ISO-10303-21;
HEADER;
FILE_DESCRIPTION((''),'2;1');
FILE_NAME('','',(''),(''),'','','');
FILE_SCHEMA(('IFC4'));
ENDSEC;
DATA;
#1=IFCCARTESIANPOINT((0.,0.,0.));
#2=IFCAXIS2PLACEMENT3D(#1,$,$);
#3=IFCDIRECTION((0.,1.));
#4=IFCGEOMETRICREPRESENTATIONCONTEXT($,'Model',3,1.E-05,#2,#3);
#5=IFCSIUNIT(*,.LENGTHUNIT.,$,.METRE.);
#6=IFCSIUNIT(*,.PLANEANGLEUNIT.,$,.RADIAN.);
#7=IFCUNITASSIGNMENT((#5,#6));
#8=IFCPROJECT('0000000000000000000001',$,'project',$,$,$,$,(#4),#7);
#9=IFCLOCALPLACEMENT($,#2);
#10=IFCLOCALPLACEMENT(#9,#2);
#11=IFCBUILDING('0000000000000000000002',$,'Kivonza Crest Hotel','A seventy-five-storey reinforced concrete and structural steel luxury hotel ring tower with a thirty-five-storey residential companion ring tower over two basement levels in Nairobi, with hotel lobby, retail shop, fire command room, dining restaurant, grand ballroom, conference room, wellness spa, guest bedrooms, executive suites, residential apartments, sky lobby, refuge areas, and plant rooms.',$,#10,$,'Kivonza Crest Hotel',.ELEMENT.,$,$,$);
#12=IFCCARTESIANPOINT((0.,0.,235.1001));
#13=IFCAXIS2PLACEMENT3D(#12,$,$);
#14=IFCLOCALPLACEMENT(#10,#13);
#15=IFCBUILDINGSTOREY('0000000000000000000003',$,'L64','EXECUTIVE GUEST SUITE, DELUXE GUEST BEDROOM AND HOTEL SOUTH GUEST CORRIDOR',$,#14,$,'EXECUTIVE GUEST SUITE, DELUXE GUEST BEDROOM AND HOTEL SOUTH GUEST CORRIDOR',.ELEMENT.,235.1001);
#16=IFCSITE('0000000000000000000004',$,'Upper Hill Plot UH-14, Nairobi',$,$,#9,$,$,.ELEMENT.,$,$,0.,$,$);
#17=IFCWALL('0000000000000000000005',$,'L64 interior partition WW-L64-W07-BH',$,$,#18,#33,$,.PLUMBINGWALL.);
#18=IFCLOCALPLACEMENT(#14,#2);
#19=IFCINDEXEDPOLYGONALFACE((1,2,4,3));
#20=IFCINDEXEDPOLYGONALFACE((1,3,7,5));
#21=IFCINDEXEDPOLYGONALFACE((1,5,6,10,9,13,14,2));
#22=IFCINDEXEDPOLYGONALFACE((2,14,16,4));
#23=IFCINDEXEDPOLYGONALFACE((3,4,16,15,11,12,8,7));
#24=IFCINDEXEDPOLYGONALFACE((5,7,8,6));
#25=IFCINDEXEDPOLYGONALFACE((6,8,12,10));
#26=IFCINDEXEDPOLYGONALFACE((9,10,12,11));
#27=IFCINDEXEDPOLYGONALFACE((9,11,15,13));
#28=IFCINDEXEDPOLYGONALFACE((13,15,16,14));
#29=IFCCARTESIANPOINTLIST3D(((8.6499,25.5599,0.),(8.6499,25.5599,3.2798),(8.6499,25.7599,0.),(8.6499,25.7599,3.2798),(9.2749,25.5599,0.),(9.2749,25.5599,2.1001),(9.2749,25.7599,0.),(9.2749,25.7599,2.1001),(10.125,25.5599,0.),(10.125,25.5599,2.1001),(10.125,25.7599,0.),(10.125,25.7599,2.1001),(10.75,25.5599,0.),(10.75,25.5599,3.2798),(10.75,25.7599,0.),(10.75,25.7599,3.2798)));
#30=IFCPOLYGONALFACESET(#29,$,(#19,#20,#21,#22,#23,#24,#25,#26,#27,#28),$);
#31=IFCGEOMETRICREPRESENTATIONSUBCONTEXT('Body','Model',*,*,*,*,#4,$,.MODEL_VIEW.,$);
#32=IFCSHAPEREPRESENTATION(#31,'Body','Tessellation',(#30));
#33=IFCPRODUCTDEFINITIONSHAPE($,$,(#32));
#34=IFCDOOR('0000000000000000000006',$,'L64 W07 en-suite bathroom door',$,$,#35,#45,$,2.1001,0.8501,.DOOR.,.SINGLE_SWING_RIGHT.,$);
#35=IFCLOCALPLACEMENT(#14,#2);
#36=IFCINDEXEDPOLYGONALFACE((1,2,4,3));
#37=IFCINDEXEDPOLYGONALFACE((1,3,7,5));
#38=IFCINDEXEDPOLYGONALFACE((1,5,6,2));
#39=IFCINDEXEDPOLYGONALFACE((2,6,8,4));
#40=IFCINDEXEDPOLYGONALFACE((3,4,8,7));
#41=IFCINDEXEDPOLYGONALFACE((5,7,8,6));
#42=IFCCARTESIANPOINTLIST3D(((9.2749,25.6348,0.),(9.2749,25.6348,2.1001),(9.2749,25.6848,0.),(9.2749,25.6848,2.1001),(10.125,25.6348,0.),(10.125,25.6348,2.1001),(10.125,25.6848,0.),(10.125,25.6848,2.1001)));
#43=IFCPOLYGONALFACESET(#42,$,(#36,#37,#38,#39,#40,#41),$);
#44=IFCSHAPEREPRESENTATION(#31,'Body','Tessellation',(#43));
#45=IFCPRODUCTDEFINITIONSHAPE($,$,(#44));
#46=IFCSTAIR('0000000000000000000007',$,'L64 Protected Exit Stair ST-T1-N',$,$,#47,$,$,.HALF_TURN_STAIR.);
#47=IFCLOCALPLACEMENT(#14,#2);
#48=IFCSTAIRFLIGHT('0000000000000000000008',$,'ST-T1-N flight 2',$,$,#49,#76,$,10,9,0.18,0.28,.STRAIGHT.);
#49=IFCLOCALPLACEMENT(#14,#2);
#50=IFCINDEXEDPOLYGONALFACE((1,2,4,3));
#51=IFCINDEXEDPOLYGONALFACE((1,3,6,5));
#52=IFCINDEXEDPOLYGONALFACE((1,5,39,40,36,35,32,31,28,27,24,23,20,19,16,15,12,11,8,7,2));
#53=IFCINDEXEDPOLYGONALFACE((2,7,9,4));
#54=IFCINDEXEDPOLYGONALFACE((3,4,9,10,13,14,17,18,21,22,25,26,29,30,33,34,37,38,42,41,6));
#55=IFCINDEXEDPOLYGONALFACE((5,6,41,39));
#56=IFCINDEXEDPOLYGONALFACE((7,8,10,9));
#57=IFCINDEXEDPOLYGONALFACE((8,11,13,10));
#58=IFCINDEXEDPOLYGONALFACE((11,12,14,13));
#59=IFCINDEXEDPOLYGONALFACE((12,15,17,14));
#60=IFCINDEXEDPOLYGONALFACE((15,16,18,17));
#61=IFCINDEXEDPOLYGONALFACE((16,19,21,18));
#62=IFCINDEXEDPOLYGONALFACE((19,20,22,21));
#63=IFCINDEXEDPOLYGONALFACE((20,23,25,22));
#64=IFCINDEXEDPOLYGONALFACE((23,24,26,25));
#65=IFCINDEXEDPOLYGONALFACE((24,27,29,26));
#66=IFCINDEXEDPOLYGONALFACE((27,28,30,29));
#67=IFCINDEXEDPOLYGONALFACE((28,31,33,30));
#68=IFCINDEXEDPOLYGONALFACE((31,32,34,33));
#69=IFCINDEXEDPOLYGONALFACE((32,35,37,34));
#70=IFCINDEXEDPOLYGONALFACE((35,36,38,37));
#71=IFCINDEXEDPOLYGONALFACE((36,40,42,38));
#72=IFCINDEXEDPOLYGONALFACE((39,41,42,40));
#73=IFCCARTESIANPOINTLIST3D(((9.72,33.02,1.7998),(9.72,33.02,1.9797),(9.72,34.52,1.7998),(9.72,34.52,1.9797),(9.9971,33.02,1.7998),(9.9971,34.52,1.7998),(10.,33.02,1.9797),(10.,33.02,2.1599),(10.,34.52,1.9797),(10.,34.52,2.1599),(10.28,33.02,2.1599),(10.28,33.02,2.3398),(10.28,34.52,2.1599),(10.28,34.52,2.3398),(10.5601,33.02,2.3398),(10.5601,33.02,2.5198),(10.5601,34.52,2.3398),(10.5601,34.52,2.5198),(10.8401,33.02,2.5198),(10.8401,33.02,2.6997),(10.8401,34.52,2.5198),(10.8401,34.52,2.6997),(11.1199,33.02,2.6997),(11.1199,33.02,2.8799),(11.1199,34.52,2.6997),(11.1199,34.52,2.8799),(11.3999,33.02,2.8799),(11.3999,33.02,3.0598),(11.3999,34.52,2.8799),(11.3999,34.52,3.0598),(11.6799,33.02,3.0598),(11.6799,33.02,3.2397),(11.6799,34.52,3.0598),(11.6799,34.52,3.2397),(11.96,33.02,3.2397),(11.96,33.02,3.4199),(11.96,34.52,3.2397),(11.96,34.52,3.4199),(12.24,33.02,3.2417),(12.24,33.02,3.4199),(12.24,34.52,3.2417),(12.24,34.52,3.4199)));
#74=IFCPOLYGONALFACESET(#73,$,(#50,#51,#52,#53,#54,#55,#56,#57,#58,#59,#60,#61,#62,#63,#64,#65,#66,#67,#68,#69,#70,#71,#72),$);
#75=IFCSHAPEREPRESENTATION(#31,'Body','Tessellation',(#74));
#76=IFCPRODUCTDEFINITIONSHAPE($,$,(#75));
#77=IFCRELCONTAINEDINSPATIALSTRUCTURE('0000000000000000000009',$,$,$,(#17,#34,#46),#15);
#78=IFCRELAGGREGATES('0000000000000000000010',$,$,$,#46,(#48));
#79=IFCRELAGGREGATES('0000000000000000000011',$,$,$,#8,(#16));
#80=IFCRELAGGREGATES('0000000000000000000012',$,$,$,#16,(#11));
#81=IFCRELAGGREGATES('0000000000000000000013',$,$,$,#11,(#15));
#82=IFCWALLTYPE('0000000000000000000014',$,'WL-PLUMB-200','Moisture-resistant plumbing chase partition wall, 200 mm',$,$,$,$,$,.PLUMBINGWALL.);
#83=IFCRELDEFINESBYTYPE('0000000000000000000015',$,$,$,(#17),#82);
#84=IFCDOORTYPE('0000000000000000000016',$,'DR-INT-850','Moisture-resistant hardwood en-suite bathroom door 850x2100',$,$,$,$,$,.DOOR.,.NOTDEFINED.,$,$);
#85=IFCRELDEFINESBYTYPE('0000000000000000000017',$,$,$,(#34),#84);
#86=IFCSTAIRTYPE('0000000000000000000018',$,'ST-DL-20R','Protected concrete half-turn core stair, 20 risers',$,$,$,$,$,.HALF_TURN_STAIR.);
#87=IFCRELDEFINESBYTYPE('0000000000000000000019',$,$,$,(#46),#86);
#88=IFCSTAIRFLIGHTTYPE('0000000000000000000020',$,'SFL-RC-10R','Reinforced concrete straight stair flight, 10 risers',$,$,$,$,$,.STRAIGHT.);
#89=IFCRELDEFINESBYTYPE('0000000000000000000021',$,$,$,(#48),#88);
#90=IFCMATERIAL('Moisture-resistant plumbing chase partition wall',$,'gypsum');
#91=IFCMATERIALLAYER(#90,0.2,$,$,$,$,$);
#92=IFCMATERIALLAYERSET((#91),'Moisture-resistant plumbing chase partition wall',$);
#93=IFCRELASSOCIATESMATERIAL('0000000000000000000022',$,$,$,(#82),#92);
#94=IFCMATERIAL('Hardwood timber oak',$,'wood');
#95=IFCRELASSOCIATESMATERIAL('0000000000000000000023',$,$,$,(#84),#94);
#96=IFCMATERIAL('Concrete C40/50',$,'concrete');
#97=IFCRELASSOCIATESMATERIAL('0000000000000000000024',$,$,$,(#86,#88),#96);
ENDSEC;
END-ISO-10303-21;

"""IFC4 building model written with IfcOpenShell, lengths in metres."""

from ifc_helpers import new_model, si_unit, direction, frame, frame_2d, origin, place, context, subcontext, project, spatial, polyline, rectangle, outline, extrude, material, layer, layer_set, type_object, element, fill, aggregate, save


model = new_model("IFC4")

# Units and contexts
model_context = context("Model", 3, precision=1e-05, world=origin(), true_north=direction((0.0, 1.0)))
body_context = subcontext(model_context, "Body", "Model", "MODEL_VIEW")
ifc_project = project(units=[si_unit("LENGTHUNIT", "METRE"), si_unit("PLANEANGLEUNIT", "RADIAN")], contexts=[model_context])

# Site, building, storey
site_placement = place(None, origin())
site = spatial("IfcSite", under=ifc_project, at=site_placement, Name="Upper Hill Plot UH-14, Nairobi", CompositionType="ELEMENT", RefElevation=0.0)
building_placement = place(site_placement, origin())
building = spatial("IfcBuilding", under=site, at=building_placement, Name="Kivonza Crest Hotel", Description="A seventy-five-storey reinforced concrete and structural steel luxury hotel ring tower with a thirty-five-storey residential companion ring tower over two basement levels in Nairobi, with hotel lobby, retail shop, fire command room, dining restaurant, grand ballroom, conference room, wellness spa, guest bedrooms, executive suites, residential apartments, sky lobby, refuge areas, and plant rooms.", LongName="Kivonza Crest Hotel", CompositionType="ELEMENT")
storey_placement = place(building_placement, frame((0.0, 0.0, 235.1001)))
storey = spatial("IfcBuildingStorey", under=building, at=storey_placement, Name="L64", Description="EXECUTIVE GUEST SUITE, DELUXE GUEST BEDROOM AND HOTEL SOUTH GUEST CORRIDOR", LongName="EXECUTIVE GUEST SUITE, DELUXE GUEST BEDROOM AND HOTEL SOUTH GUEST CORRIDOR", CompositionType="ELEMENT", Elevation=235.1001)

# Shared definitions
ifc_material_1 = material(Name="Hardwood timber oak", Category="wood")

# Wall, opening, door
ifc_material_2 = material(Name="Moisture-resistant plumbing chase partition wall", Category="gypsum")
ifc_layer_1 = layer(ifc_material_2, 0.2)
ifc_layer_set_1 = layer_set([ifc_layer_1], Name="Moisture-resistant plumbing chase partition wall")
wall_type_1 = type_object("IfcWallType", Name="WL-PLUMB-200", Description="Moisture-resistant plumbing chase partition wall, 200 mm", PredefinedType="PLUMBINGWALL", material=ifc_layer_set_1)
wall_1_placement = place(storey_placement, frame((8.6499, 25.6599, 0.0), z_axis=(0.0, 0.0, 1.0), x_axis=(1.0, 0.0, 0.0)))
wall_1 = element("IfcWall", 1, at=wall_1_placement, inside=storey, type_object=wall_type_1, Name="L64 interior partition WW-L64-W07-BH", PredefinedType="PLUMBINGWALL", context=body_context, shape_type="SweptSolid", body=[
    extrude(rectangle(XDim=2.1001, YDim=0.2, at=frame_2d((1.05, 0.0))), origin(), (0.0, 0.0, 1.0), 3.2798),
])
opening_1_placement = place(wall_1_placement, frame((0.625, 0.0, 0.0)))
opening_1 = element("IfcOpeningElement", 2, at=opening_1_placement, cuts=wall_1, PredefinedType="OPENING", context=body_context, shape_type="SweptSolid", body=[
    extrude(rectangle(XDim=0.8501, YDim=2.1001, at=frame_2d((0.425, 1.05))), frame((0.0, 0.1099, 0.0), z_axis=(0.0, -1.0, 0.0), x_axis=(1.0, 0.0, 0.0)), (0.0, 0.0, 1.0), 0.22),
])
door_type_1 = type_object("IfcDoorType", Name="DR-INT-850", Description="Moisture-resistant hardwood en-suite bathroom door 850x2100", OperationType="NOTDEFINED", PredefinedType="DOOR", material=ifc_material_1)
door_1_placement = place(opening_1_placement, origin())
door_1 = element("IfcDoor", 3, at=door_1_placement, inside=storey, type_object=door_type_1, Name="L64 W07 en-suite bathroom door", OperationType="SINGLE_SWING_RIGHT", OverallHeight=2.1001, OverallWidth=0.8501, PredefinedType="DOOR", context=body_context, shape_type="SweptSolid", body=[
    extrude(rectangle(XDim=0.8501, YDim=2.1001, at=frame_2d((0.425, 1.05))), frame((0.0, 0.0249, 0.0), z_axis=(0.0, -1.0, 0.0), x_axis=(1.0, 0.0, 0.0)), (0.0, 0.0, 1.0), 0.05),
])
fill(opening_1, door_1)

# Stair, stair flight
ifc_material_3 = material(Name="Concrete C40/50", Category="concrete")
stair_type = type_object("IfcStairType", Name="ST-DL-20R", Description="Protected concrete half-turn core stair, 20 risers", PredefinedType="HALF_TURN_STAIR", material=ifc_material_3)
stair_placement = place(storey_placement, origin())
stair = element("IfcStair", 4, at=stair_placement, inside=storey, type_object=stair_type, Name="L64 Protected Exit Stair ST-T1-N", PredefinedType="HALF_TURN_STAIR")
stair_flight_type = type_object("IfcStairFlightType", Name="SFL-RC-10R", Description="Reinforced concrete straight stair flight, 10 risers", PredefinedType="STRAIGHT", material=ifc_material_3)
stair_flight_placement = place(storey_placement, frame((9.72, 33.77, 1.7998), z_axis=(0.0, 0.0, 1.0), x_axis=(1.0, 0.0, 0.0)))
stair_flight = element("IfcStairFlight", 5, at=stair_flight_placement, type_object=stair_flight_type, Name="ST-T1-N flight 2", NumberOfRisers=10, NumberOfTreads=9, PredefinedType="STRAIGHT", RiserHeight=0.18, TreadLength=0.28, context=body_context, shape_type="SweptSolid", body=[
    extrude(outline(polyline([(0.0, 0.0), (0.0, 0.1799), (0.28, 0.1799), (0.28, 0.3601), (0.5601, 0.3601), (0.5601, 0.54), (0.8401, 0.54), (0.8401, 0.72), (1.1201, 0.72), (1.1201, 0.8999), (1.3999, 0.8999), (1.3999, 1.0801), (1.6799, 1.0801), (1.6799, 1.26), (1.96, 1.26), (1.96, 1.4399), (2.24, 1.4399), (2.24, 1.6201), (2.52, 1.6201), (2.52, 1.8), (2.52, 1.4419), (0.2771, 0.0), (0.0, 0.0)])), frame((0.0, 0.75, 0.0), z_axis=(0.0, -1.0, 0.0), x_axis=(1.0, 0.0, 0.0)), (0.0, 0.0, 1.0), 1.5),
])
aggregate(stair, [stair_flight])

save(model, "model.ifc")
